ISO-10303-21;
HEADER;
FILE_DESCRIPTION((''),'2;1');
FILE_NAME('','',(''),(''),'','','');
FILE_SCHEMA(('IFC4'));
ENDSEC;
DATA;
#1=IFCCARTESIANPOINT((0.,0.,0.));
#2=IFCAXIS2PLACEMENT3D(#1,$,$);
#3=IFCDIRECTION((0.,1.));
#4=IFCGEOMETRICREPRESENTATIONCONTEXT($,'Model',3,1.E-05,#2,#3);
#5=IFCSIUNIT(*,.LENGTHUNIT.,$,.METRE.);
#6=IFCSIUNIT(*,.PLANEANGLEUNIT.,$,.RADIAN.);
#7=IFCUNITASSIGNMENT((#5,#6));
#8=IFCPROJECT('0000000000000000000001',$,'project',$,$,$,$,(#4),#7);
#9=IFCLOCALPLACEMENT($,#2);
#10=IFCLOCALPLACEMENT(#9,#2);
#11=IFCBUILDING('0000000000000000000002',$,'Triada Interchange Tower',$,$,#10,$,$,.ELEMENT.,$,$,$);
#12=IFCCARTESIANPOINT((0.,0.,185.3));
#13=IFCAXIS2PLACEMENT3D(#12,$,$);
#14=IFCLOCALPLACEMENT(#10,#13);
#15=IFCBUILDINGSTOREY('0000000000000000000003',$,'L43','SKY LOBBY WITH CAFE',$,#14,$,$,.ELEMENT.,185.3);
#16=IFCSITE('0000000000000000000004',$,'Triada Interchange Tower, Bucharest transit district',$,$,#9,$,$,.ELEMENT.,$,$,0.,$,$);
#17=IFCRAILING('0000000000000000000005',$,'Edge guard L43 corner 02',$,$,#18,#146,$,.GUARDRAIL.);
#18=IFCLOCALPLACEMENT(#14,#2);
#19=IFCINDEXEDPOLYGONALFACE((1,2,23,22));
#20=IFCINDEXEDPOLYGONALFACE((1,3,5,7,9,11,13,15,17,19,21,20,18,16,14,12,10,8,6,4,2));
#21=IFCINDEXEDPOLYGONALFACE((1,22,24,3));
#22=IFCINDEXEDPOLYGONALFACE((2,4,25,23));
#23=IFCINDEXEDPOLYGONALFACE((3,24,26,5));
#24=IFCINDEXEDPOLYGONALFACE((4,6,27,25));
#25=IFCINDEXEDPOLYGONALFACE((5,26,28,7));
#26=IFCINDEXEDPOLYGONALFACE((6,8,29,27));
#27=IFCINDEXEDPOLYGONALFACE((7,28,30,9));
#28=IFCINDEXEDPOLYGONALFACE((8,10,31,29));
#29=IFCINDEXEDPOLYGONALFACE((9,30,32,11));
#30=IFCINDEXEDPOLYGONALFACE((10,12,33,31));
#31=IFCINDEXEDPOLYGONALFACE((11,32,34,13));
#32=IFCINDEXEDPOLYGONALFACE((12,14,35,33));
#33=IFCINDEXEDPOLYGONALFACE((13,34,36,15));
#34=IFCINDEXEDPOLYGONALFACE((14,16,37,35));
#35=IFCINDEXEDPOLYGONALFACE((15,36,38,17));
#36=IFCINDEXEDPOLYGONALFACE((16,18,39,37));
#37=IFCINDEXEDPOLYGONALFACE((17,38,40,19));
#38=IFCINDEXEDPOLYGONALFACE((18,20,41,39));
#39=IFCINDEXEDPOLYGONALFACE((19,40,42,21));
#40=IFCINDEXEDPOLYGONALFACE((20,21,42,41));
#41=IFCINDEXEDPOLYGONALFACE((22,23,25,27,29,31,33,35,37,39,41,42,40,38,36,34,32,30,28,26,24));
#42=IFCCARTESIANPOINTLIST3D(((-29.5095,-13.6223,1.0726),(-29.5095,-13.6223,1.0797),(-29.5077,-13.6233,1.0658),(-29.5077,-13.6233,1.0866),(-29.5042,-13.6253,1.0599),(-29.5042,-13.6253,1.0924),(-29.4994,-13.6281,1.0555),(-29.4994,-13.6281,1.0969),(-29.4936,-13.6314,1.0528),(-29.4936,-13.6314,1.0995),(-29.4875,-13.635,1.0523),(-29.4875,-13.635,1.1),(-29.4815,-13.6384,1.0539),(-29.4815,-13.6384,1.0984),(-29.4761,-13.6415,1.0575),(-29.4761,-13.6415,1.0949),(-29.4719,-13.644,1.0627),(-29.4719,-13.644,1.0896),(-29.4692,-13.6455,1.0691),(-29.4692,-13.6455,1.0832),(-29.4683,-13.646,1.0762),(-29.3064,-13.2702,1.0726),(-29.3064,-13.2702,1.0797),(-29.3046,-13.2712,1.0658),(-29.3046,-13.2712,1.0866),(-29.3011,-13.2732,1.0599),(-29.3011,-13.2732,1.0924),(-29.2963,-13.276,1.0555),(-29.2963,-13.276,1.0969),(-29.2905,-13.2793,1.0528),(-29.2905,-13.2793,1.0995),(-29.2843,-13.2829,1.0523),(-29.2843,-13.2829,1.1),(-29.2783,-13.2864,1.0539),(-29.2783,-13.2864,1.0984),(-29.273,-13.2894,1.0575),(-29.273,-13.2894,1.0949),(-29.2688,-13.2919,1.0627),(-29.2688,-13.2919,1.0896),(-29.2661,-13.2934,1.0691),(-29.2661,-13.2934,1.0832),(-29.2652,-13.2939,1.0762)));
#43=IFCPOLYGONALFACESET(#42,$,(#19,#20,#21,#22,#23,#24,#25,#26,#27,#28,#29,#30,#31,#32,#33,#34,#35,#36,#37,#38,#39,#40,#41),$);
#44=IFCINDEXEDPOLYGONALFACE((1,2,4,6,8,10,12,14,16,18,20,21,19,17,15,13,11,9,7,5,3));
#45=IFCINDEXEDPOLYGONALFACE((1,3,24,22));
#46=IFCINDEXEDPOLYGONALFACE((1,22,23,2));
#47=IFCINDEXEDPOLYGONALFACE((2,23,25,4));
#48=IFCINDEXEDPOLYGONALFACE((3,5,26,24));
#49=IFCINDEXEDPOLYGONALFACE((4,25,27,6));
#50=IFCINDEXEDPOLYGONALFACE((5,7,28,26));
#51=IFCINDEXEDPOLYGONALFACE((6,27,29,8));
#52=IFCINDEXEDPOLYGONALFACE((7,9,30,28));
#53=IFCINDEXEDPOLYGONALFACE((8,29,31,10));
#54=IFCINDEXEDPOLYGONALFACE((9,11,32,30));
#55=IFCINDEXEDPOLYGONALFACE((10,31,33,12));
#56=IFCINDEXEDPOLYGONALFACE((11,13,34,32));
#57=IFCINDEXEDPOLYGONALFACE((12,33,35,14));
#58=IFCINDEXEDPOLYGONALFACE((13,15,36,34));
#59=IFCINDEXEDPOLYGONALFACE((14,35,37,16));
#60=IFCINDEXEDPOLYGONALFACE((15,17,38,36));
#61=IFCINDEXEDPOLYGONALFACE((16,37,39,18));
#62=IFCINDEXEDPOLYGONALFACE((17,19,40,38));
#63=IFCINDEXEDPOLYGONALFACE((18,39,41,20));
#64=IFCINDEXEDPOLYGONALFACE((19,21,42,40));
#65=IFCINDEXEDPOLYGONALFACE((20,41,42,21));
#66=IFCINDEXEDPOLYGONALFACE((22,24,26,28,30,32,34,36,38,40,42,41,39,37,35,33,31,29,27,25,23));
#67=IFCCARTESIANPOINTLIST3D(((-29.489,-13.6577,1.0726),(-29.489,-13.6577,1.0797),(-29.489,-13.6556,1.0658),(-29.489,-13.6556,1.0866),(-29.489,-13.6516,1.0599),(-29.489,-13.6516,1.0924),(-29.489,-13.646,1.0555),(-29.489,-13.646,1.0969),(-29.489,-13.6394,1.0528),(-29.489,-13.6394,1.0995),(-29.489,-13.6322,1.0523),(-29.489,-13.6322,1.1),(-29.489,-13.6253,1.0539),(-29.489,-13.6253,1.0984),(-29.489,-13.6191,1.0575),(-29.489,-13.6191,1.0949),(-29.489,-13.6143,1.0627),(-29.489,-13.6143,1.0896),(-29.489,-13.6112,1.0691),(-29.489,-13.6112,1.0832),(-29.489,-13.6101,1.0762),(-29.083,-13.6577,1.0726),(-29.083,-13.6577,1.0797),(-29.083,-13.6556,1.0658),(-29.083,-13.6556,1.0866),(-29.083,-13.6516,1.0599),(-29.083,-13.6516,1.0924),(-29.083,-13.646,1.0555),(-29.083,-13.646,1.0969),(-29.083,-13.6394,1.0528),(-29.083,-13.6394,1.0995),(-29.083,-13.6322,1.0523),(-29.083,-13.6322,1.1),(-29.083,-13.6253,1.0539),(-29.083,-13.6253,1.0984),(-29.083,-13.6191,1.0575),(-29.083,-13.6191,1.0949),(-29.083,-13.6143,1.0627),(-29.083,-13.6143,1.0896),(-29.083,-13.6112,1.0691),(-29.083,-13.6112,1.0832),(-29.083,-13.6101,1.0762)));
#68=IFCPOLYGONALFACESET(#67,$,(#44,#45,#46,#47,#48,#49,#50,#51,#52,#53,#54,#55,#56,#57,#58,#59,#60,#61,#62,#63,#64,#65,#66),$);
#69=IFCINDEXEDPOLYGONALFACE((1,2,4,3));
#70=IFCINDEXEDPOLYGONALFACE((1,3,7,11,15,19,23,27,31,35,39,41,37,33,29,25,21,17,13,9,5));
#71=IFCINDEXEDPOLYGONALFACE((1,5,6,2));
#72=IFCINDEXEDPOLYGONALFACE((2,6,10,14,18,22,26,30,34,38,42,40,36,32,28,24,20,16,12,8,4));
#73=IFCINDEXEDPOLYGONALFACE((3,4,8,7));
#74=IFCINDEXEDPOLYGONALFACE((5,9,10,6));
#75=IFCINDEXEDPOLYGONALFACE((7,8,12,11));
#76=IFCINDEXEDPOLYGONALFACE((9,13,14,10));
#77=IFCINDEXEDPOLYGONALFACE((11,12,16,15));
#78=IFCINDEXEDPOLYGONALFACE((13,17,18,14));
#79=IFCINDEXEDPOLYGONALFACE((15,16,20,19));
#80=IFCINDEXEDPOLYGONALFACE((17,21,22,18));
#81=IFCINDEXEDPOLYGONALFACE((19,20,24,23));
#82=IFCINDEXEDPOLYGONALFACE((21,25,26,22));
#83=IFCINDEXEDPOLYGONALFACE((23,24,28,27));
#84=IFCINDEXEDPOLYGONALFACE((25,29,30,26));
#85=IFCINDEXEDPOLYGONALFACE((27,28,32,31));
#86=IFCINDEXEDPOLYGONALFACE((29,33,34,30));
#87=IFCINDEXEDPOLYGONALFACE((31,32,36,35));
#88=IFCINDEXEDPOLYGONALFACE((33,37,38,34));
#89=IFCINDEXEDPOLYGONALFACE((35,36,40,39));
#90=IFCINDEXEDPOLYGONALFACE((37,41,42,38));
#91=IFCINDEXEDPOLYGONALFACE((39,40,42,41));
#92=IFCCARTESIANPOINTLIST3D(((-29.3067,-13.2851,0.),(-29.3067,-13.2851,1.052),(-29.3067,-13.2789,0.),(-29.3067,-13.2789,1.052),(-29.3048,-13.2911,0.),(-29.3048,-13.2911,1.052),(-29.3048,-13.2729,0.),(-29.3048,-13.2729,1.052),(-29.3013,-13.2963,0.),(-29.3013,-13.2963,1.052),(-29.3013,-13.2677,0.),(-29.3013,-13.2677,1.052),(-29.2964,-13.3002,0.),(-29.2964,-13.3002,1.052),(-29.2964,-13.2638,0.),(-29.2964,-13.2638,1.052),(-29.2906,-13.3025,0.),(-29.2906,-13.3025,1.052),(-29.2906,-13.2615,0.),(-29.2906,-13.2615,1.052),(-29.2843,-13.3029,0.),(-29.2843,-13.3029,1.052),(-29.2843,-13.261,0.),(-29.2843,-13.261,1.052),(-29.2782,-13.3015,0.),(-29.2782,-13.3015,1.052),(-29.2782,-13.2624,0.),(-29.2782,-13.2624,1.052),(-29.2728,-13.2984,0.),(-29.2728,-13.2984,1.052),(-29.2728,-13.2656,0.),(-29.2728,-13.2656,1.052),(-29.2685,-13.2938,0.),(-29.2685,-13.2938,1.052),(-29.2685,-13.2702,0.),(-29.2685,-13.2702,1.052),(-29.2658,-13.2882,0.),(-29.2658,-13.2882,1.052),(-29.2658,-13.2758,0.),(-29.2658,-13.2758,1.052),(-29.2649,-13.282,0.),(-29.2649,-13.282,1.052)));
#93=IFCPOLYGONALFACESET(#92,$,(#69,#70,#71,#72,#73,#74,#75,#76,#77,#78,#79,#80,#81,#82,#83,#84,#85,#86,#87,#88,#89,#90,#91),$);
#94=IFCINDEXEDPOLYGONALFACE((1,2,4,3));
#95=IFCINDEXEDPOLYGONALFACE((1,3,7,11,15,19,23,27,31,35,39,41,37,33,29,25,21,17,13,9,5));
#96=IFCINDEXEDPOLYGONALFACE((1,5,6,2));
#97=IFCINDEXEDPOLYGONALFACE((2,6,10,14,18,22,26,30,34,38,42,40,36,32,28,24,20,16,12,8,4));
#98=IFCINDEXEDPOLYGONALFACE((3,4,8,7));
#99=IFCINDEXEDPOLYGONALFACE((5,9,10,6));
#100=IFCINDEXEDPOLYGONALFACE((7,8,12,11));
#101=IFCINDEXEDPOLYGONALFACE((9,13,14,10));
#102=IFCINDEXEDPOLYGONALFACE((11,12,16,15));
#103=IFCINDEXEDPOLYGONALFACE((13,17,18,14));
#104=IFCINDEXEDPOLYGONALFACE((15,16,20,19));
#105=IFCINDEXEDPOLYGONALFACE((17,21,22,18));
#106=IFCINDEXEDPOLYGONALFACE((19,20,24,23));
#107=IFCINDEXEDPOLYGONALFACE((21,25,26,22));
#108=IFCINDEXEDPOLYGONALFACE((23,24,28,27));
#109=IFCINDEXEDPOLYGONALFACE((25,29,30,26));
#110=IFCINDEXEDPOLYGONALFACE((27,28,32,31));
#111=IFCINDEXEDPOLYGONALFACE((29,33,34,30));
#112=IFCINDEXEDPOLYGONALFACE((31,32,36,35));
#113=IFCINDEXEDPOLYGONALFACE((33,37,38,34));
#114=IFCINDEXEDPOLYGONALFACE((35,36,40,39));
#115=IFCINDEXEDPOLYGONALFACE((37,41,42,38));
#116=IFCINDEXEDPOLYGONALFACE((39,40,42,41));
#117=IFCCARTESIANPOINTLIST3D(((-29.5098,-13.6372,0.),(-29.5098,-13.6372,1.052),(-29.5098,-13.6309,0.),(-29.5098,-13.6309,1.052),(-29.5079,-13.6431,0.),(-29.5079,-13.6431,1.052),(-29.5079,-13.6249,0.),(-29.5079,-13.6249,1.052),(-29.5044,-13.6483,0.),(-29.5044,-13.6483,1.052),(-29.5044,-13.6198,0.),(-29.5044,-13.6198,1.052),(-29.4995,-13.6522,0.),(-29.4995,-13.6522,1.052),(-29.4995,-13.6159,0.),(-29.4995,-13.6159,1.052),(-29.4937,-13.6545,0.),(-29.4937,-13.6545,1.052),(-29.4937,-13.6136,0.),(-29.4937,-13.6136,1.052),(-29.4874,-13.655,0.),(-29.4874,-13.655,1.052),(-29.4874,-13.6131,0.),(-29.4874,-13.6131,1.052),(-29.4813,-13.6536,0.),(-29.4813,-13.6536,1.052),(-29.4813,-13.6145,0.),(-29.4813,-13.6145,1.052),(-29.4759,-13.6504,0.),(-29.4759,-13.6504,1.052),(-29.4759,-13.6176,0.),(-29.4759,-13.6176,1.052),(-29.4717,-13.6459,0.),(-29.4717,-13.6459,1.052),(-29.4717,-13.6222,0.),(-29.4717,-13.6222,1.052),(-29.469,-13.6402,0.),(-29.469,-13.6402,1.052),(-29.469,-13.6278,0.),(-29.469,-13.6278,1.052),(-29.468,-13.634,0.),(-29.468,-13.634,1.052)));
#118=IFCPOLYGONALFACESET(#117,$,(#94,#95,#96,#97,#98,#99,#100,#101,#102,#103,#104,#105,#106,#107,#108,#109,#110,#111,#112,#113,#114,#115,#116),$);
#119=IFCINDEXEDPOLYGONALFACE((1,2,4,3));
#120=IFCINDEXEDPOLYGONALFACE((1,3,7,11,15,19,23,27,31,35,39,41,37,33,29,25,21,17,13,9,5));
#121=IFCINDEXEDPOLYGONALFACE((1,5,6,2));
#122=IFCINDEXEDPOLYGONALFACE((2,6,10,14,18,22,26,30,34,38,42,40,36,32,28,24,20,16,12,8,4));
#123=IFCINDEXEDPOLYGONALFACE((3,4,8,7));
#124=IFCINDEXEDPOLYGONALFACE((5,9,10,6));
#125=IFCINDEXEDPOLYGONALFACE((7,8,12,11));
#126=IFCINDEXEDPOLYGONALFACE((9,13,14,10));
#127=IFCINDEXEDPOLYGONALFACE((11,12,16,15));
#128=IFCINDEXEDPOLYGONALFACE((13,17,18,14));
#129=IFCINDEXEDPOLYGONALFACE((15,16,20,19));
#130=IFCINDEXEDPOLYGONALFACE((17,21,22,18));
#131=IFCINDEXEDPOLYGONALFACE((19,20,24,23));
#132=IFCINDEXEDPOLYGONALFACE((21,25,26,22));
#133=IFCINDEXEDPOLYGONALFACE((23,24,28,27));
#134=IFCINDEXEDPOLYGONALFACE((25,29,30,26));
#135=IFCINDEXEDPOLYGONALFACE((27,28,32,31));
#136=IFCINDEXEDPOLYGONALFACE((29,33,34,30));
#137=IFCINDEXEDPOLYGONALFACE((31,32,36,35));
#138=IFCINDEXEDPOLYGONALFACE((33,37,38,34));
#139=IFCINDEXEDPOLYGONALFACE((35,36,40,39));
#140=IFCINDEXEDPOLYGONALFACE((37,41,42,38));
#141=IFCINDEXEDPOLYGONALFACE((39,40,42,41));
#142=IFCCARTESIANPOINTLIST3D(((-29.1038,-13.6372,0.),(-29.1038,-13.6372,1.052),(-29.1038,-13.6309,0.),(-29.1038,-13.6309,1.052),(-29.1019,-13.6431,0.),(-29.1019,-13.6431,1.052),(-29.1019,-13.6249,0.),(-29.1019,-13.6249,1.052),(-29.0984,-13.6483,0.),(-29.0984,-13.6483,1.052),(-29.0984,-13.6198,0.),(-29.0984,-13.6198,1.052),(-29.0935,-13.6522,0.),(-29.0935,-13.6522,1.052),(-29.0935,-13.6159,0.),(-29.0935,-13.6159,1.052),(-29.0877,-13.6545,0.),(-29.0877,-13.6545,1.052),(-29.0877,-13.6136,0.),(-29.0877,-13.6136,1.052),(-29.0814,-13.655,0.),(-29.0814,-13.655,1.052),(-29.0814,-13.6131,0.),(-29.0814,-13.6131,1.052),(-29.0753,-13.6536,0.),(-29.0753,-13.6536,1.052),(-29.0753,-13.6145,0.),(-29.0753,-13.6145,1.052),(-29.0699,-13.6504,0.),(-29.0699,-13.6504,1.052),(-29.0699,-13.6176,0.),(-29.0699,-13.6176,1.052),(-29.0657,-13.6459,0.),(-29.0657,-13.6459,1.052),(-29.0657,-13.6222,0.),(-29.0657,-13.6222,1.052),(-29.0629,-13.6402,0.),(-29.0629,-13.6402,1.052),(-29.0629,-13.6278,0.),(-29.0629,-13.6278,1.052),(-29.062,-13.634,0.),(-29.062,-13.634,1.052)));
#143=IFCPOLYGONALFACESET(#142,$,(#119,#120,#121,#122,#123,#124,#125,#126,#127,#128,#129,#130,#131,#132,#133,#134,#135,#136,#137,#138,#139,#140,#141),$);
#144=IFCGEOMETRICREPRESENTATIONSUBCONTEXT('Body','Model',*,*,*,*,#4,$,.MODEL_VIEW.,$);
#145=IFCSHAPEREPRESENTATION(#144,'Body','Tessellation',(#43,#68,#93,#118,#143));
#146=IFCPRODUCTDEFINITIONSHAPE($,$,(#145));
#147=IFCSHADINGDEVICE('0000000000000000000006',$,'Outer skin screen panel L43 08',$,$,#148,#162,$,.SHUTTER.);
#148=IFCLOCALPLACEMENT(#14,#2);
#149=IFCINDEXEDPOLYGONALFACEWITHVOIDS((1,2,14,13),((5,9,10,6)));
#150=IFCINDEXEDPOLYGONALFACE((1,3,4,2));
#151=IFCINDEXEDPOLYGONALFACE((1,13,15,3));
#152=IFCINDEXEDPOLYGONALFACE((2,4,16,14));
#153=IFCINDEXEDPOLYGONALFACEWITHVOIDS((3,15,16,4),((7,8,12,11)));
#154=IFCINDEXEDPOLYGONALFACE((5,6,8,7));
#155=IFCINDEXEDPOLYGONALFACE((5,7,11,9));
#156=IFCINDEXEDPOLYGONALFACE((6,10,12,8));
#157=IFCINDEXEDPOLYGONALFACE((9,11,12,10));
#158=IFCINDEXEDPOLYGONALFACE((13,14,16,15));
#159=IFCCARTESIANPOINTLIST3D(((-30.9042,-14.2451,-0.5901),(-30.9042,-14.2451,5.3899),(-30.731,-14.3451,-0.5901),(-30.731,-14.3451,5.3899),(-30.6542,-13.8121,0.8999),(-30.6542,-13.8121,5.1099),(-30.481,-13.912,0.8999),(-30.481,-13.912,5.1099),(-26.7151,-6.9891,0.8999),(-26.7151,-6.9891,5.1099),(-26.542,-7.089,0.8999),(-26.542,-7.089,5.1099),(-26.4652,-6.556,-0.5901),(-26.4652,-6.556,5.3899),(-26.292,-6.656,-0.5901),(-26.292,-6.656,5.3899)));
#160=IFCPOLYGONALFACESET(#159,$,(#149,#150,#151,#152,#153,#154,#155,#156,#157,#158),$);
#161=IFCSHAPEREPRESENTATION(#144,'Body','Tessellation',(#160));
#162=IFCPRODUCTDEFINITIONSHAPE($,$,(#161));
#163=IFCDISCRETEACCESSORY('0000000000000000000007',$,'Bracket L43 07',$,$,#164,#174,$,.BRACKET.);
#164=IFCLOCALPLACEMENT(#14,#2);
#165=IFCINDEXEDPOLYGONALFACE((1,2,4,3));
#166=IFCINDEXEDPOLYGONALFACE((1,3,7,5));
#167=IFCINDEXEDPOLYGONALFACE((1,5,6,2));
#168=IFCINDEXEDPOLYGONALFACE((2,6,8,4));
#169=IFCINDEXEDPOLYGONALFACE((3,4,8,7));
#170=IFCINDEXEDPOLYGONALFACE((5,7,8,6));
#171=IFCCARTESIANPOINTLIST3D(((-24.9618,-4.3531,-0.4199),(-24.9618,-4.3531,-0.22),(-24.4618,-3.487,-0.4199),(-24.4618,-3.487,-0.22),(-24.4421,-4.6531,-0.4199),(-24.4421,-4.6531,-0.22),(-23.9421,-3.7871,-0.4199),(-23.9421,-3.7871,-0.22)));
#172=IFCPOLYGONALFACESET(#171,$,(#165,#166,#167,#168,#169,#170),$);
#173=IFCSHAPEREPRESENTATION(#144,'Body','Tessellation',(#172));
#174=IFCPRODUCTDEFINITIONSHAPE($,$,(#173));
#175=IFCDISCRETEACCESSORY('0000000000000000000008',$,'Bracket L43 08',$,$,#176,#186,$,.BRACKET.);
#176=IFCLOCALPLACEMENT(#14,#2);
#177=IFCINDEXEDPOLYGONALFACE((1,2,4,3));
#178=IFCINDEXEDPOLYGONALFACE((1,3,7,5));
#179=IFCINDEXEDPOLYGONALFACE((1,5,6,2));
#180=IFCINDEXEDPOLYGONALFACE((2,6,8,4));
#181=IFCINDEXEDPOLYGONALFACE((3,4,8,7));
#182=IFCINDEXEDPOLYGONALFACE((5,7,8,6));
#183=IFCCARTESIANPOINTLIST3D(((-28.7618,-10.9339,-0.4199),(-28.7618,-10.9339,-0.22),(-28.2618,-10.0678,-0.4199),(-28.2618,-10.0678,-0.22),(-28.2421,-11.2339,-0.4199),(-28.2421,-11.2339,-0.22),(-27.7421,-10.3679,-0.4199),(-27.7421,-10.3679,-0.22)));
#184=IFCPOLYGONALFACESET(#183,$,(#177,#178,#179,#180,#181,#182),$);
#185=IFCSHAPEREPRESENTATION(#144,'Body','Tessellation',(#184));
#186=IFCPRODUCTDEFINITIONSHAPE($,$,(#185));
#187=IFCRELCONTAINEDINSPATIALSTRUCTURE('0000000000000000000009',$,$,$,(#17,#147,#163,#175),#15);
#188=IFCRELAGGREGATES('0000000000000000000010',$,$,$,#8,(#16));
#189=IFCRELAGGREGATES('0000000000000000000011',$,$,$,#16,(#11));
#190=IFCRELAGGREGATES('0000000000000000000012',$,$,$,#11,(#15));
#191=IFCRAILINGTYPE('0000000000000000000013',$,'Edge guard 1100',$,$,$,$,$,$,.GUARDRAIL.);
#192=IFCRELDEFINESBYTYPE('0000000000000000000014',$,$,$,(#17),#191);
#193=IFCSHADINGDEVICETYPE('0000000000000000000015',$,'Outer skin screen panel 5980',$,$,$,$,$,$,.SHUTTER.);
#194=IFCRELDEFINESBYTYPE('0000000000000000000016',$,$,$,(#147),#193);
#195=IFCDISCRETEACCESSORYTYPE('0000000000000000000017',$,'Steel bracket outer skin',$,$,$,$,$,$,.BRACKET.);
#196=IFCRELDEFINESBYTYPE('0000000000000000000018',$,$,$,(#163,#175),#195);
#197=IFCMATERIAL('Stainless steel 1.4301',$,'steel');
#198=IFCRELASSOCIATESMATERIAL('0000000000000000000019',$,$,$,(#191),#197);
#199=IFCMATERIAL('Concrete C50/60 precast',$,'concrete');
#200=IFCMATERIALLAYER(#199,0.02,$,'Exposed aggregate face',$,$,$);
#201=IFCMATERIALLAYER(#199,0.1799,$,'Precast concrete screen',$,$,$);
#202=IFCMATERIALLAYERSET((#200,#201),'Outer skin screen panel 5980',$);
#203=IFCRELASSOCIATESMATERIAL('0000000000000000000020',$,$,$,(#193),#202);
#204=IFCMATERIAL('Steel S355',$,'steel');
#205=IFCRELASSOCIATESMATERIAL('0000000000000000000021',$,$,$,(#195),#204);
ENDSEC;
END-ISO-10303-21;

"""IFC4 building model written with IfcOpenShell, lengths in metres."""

from ifc_helpers import new_model, si_unit, direction, frame, origin, origin_2d, place, context, subcontext, project, spatial, polyline, rectangle, circle, outline, extrude, material, layer, layer_set, type_object, element, save


model = new_model("IFC4")

# Units and contexts
model_context = context("Model", 3, precision=1e-05, world=origin(), true_north=direction((0.0, 1.0)))
body_context = subcontext(model_context, "Body", "Model", "MODEL_VIEW")
ifc_project = project(units=[si_unit("LENGTHUNIT", "METRE"), si_unit("PLANEANGLEUNIT", "RADIAN")], contexts=[model_context])

# Site, building, storey
site_placement = place(None, origin())
site = spatial("IfcSite", under=ifc_project, at=site_placement, Name="Triada Interchange Tower, Bucharest transit district", CompositionType="ELEMENT", RefElevation=0.0)
building_placement = place(site_placement, origin())
building = spatial("IfcBuilding", under=site, at=building_placement, Name="Triada Interchange Tower", CompositionType="ELEMENT")
storey_placement = place(building_placement, frame((0.0, 0.0, 185.3)))
storey = spatial("IfcBuildingStorey", under=building, at=storey_placement, Name="L43", Description="SKY LOBBY WITH CAFE", CompositionType="ELEMENT", Elevation=185.3)

# Railing
ifc_material_1 = material(Name="Stainless steel 1.4301", Category="steel")
railing_type = type_object("IfcRailingType", Name="Edge guard 1100", PredefinedType="GUARDRAIL", material=ifc_material_1)
railing_placement = place(storey_placement, frame((-29.2859, -13.282, 0.0)))
element("IfcRailing", 1, at=railing_placement, inside=storey, type_object=railing_type, Name="Edge guard L43 corner 02", PredefinedType="GUARDRAIL", context=body_context, shape_type="SweptSolid", body=[
    extrude(circle(Radius=0.0239, at=origin_2d()), frame((0.0, 0.0, 1.0762), z_axis=(-0.499757, -0.866166, 0.0), x_axis=(0.866166, -0.499757, 0.0)), (0.0, 0.0, 1.0), 0.4065),
    extrude(circle(Radius=0.0239, at=origin_2d()), frame((-0.2031, -0.3521, 1.0762), z_axis=(1.0, 0.0, 0.0), x_axis=(0.0, 1.0, 0.0)), (0.0, 0.0, 1.0), 0.406),
    extrude(circle(Radius=0.021, at=origin_2d()), origin(), (0.0, 0.0, 1.0), 1.052),
    extrude(circle(Radius=0.021, at=origin_2d()), frame((-0.2031, -0.3521, 0.0)), (0.0, 0.0, 1.0), 1.052),
    extrude(circle(Radius=0.021, at=origin_2d()), frame((0.2029, -0.3521, 0.0)), (0.0, 0.0, 1.0), 1.052),
])

# Shading device
ifc_material_2 = material(Name="Concrete C50/60 precast", Category="concrete")
ifc_layer_1 = layer(ifc_material_2, 0.02, Name="Exposed aggregate face")
ifc_layer_2 = layer(ifc_material_2, 0.1799, Name="Precast concrete screen")
ifc_layer_set_1 = layer_set([ifc_layer_1, ifc_layer_2], Name="Outer skin screen panel 5980")
shading_device_type = type_object("IfcShadingDeviceType", Name="Outer skin screen panel 5980", PredefinedType="SHUTTER", material=ifc_layer_set_1)
shading_device_placement = place(storey_placement, frame((-26.292, -6.656, -0.5901), z_axis=(0.0, 0.0, 1.0), x_axis=(-0.499978, -0.866038, 0.0)))
element("IfcShadingDevice", 2, at=shading_device_placement, inside=storey, type_object=shading_device_type, Name="Outer skin screen panel L43 08", PredefinedType="SHUTTER", context=body_context, shape_type="SweptSolid", body=[
    extrude(outline(polyline([(0.0, 0.0), (8.8784, 0.0), (8.8784, 5.98), (0.0, 5.98), (0.0, 0.0)]), holes=[polyline([(0.5, 1.49), (0.5, 5.7), (8.3784, 5.7), (8.3784, 1.49), (0.5, 1.49)])]), frame((0.0, 0.0, 0.0), z_axis=(0.0, -1.0, 0.0), x_axis=(1.0, 0.0, 0.0)), (0.0, 0.0, 1.0), 0.2),
])

# Discrete accessories
ifc_material_3 = material(Name="Steel S355", Category="steel")
discrete_accessory_type = type_object("IfcDiscreteAccessoryType", Name="Steel bracket outer skin", PredefinedType="BRACKET", material=ifc_material_3)
for number, where, z_axis, x_axis, name in (
    (3, (-24.4519, -4.0701, -0.4199), (0.0, 0.0, 1.0), (-0.866022, 0.500006, 0.0), "Bracket L43 07"),
    (4, (-28.252, -10.6509, -0.4199), (0.0, 0.0, 1.0), (-0.866022, 0.500006, 0.0), "Bracket L43 08"),
):
    element("IfcDiscreteAccessory", number, at=place(storey_placement, frame(where, z_axis=z_axis, x_axis=x_axis)), inside=storey, type_object=discrete_accessory_type, Name=name, PredefinedType="BRACKET", context=body_context, shape_type="SweptSolid", body=[
        extrude(rectangle(XDim=0.6001, YDim=1.0, at=origin_2d()), origin(), (0.0, 0.0, 1.0), 0.2),
    ])

save(model, "model.ifc")
